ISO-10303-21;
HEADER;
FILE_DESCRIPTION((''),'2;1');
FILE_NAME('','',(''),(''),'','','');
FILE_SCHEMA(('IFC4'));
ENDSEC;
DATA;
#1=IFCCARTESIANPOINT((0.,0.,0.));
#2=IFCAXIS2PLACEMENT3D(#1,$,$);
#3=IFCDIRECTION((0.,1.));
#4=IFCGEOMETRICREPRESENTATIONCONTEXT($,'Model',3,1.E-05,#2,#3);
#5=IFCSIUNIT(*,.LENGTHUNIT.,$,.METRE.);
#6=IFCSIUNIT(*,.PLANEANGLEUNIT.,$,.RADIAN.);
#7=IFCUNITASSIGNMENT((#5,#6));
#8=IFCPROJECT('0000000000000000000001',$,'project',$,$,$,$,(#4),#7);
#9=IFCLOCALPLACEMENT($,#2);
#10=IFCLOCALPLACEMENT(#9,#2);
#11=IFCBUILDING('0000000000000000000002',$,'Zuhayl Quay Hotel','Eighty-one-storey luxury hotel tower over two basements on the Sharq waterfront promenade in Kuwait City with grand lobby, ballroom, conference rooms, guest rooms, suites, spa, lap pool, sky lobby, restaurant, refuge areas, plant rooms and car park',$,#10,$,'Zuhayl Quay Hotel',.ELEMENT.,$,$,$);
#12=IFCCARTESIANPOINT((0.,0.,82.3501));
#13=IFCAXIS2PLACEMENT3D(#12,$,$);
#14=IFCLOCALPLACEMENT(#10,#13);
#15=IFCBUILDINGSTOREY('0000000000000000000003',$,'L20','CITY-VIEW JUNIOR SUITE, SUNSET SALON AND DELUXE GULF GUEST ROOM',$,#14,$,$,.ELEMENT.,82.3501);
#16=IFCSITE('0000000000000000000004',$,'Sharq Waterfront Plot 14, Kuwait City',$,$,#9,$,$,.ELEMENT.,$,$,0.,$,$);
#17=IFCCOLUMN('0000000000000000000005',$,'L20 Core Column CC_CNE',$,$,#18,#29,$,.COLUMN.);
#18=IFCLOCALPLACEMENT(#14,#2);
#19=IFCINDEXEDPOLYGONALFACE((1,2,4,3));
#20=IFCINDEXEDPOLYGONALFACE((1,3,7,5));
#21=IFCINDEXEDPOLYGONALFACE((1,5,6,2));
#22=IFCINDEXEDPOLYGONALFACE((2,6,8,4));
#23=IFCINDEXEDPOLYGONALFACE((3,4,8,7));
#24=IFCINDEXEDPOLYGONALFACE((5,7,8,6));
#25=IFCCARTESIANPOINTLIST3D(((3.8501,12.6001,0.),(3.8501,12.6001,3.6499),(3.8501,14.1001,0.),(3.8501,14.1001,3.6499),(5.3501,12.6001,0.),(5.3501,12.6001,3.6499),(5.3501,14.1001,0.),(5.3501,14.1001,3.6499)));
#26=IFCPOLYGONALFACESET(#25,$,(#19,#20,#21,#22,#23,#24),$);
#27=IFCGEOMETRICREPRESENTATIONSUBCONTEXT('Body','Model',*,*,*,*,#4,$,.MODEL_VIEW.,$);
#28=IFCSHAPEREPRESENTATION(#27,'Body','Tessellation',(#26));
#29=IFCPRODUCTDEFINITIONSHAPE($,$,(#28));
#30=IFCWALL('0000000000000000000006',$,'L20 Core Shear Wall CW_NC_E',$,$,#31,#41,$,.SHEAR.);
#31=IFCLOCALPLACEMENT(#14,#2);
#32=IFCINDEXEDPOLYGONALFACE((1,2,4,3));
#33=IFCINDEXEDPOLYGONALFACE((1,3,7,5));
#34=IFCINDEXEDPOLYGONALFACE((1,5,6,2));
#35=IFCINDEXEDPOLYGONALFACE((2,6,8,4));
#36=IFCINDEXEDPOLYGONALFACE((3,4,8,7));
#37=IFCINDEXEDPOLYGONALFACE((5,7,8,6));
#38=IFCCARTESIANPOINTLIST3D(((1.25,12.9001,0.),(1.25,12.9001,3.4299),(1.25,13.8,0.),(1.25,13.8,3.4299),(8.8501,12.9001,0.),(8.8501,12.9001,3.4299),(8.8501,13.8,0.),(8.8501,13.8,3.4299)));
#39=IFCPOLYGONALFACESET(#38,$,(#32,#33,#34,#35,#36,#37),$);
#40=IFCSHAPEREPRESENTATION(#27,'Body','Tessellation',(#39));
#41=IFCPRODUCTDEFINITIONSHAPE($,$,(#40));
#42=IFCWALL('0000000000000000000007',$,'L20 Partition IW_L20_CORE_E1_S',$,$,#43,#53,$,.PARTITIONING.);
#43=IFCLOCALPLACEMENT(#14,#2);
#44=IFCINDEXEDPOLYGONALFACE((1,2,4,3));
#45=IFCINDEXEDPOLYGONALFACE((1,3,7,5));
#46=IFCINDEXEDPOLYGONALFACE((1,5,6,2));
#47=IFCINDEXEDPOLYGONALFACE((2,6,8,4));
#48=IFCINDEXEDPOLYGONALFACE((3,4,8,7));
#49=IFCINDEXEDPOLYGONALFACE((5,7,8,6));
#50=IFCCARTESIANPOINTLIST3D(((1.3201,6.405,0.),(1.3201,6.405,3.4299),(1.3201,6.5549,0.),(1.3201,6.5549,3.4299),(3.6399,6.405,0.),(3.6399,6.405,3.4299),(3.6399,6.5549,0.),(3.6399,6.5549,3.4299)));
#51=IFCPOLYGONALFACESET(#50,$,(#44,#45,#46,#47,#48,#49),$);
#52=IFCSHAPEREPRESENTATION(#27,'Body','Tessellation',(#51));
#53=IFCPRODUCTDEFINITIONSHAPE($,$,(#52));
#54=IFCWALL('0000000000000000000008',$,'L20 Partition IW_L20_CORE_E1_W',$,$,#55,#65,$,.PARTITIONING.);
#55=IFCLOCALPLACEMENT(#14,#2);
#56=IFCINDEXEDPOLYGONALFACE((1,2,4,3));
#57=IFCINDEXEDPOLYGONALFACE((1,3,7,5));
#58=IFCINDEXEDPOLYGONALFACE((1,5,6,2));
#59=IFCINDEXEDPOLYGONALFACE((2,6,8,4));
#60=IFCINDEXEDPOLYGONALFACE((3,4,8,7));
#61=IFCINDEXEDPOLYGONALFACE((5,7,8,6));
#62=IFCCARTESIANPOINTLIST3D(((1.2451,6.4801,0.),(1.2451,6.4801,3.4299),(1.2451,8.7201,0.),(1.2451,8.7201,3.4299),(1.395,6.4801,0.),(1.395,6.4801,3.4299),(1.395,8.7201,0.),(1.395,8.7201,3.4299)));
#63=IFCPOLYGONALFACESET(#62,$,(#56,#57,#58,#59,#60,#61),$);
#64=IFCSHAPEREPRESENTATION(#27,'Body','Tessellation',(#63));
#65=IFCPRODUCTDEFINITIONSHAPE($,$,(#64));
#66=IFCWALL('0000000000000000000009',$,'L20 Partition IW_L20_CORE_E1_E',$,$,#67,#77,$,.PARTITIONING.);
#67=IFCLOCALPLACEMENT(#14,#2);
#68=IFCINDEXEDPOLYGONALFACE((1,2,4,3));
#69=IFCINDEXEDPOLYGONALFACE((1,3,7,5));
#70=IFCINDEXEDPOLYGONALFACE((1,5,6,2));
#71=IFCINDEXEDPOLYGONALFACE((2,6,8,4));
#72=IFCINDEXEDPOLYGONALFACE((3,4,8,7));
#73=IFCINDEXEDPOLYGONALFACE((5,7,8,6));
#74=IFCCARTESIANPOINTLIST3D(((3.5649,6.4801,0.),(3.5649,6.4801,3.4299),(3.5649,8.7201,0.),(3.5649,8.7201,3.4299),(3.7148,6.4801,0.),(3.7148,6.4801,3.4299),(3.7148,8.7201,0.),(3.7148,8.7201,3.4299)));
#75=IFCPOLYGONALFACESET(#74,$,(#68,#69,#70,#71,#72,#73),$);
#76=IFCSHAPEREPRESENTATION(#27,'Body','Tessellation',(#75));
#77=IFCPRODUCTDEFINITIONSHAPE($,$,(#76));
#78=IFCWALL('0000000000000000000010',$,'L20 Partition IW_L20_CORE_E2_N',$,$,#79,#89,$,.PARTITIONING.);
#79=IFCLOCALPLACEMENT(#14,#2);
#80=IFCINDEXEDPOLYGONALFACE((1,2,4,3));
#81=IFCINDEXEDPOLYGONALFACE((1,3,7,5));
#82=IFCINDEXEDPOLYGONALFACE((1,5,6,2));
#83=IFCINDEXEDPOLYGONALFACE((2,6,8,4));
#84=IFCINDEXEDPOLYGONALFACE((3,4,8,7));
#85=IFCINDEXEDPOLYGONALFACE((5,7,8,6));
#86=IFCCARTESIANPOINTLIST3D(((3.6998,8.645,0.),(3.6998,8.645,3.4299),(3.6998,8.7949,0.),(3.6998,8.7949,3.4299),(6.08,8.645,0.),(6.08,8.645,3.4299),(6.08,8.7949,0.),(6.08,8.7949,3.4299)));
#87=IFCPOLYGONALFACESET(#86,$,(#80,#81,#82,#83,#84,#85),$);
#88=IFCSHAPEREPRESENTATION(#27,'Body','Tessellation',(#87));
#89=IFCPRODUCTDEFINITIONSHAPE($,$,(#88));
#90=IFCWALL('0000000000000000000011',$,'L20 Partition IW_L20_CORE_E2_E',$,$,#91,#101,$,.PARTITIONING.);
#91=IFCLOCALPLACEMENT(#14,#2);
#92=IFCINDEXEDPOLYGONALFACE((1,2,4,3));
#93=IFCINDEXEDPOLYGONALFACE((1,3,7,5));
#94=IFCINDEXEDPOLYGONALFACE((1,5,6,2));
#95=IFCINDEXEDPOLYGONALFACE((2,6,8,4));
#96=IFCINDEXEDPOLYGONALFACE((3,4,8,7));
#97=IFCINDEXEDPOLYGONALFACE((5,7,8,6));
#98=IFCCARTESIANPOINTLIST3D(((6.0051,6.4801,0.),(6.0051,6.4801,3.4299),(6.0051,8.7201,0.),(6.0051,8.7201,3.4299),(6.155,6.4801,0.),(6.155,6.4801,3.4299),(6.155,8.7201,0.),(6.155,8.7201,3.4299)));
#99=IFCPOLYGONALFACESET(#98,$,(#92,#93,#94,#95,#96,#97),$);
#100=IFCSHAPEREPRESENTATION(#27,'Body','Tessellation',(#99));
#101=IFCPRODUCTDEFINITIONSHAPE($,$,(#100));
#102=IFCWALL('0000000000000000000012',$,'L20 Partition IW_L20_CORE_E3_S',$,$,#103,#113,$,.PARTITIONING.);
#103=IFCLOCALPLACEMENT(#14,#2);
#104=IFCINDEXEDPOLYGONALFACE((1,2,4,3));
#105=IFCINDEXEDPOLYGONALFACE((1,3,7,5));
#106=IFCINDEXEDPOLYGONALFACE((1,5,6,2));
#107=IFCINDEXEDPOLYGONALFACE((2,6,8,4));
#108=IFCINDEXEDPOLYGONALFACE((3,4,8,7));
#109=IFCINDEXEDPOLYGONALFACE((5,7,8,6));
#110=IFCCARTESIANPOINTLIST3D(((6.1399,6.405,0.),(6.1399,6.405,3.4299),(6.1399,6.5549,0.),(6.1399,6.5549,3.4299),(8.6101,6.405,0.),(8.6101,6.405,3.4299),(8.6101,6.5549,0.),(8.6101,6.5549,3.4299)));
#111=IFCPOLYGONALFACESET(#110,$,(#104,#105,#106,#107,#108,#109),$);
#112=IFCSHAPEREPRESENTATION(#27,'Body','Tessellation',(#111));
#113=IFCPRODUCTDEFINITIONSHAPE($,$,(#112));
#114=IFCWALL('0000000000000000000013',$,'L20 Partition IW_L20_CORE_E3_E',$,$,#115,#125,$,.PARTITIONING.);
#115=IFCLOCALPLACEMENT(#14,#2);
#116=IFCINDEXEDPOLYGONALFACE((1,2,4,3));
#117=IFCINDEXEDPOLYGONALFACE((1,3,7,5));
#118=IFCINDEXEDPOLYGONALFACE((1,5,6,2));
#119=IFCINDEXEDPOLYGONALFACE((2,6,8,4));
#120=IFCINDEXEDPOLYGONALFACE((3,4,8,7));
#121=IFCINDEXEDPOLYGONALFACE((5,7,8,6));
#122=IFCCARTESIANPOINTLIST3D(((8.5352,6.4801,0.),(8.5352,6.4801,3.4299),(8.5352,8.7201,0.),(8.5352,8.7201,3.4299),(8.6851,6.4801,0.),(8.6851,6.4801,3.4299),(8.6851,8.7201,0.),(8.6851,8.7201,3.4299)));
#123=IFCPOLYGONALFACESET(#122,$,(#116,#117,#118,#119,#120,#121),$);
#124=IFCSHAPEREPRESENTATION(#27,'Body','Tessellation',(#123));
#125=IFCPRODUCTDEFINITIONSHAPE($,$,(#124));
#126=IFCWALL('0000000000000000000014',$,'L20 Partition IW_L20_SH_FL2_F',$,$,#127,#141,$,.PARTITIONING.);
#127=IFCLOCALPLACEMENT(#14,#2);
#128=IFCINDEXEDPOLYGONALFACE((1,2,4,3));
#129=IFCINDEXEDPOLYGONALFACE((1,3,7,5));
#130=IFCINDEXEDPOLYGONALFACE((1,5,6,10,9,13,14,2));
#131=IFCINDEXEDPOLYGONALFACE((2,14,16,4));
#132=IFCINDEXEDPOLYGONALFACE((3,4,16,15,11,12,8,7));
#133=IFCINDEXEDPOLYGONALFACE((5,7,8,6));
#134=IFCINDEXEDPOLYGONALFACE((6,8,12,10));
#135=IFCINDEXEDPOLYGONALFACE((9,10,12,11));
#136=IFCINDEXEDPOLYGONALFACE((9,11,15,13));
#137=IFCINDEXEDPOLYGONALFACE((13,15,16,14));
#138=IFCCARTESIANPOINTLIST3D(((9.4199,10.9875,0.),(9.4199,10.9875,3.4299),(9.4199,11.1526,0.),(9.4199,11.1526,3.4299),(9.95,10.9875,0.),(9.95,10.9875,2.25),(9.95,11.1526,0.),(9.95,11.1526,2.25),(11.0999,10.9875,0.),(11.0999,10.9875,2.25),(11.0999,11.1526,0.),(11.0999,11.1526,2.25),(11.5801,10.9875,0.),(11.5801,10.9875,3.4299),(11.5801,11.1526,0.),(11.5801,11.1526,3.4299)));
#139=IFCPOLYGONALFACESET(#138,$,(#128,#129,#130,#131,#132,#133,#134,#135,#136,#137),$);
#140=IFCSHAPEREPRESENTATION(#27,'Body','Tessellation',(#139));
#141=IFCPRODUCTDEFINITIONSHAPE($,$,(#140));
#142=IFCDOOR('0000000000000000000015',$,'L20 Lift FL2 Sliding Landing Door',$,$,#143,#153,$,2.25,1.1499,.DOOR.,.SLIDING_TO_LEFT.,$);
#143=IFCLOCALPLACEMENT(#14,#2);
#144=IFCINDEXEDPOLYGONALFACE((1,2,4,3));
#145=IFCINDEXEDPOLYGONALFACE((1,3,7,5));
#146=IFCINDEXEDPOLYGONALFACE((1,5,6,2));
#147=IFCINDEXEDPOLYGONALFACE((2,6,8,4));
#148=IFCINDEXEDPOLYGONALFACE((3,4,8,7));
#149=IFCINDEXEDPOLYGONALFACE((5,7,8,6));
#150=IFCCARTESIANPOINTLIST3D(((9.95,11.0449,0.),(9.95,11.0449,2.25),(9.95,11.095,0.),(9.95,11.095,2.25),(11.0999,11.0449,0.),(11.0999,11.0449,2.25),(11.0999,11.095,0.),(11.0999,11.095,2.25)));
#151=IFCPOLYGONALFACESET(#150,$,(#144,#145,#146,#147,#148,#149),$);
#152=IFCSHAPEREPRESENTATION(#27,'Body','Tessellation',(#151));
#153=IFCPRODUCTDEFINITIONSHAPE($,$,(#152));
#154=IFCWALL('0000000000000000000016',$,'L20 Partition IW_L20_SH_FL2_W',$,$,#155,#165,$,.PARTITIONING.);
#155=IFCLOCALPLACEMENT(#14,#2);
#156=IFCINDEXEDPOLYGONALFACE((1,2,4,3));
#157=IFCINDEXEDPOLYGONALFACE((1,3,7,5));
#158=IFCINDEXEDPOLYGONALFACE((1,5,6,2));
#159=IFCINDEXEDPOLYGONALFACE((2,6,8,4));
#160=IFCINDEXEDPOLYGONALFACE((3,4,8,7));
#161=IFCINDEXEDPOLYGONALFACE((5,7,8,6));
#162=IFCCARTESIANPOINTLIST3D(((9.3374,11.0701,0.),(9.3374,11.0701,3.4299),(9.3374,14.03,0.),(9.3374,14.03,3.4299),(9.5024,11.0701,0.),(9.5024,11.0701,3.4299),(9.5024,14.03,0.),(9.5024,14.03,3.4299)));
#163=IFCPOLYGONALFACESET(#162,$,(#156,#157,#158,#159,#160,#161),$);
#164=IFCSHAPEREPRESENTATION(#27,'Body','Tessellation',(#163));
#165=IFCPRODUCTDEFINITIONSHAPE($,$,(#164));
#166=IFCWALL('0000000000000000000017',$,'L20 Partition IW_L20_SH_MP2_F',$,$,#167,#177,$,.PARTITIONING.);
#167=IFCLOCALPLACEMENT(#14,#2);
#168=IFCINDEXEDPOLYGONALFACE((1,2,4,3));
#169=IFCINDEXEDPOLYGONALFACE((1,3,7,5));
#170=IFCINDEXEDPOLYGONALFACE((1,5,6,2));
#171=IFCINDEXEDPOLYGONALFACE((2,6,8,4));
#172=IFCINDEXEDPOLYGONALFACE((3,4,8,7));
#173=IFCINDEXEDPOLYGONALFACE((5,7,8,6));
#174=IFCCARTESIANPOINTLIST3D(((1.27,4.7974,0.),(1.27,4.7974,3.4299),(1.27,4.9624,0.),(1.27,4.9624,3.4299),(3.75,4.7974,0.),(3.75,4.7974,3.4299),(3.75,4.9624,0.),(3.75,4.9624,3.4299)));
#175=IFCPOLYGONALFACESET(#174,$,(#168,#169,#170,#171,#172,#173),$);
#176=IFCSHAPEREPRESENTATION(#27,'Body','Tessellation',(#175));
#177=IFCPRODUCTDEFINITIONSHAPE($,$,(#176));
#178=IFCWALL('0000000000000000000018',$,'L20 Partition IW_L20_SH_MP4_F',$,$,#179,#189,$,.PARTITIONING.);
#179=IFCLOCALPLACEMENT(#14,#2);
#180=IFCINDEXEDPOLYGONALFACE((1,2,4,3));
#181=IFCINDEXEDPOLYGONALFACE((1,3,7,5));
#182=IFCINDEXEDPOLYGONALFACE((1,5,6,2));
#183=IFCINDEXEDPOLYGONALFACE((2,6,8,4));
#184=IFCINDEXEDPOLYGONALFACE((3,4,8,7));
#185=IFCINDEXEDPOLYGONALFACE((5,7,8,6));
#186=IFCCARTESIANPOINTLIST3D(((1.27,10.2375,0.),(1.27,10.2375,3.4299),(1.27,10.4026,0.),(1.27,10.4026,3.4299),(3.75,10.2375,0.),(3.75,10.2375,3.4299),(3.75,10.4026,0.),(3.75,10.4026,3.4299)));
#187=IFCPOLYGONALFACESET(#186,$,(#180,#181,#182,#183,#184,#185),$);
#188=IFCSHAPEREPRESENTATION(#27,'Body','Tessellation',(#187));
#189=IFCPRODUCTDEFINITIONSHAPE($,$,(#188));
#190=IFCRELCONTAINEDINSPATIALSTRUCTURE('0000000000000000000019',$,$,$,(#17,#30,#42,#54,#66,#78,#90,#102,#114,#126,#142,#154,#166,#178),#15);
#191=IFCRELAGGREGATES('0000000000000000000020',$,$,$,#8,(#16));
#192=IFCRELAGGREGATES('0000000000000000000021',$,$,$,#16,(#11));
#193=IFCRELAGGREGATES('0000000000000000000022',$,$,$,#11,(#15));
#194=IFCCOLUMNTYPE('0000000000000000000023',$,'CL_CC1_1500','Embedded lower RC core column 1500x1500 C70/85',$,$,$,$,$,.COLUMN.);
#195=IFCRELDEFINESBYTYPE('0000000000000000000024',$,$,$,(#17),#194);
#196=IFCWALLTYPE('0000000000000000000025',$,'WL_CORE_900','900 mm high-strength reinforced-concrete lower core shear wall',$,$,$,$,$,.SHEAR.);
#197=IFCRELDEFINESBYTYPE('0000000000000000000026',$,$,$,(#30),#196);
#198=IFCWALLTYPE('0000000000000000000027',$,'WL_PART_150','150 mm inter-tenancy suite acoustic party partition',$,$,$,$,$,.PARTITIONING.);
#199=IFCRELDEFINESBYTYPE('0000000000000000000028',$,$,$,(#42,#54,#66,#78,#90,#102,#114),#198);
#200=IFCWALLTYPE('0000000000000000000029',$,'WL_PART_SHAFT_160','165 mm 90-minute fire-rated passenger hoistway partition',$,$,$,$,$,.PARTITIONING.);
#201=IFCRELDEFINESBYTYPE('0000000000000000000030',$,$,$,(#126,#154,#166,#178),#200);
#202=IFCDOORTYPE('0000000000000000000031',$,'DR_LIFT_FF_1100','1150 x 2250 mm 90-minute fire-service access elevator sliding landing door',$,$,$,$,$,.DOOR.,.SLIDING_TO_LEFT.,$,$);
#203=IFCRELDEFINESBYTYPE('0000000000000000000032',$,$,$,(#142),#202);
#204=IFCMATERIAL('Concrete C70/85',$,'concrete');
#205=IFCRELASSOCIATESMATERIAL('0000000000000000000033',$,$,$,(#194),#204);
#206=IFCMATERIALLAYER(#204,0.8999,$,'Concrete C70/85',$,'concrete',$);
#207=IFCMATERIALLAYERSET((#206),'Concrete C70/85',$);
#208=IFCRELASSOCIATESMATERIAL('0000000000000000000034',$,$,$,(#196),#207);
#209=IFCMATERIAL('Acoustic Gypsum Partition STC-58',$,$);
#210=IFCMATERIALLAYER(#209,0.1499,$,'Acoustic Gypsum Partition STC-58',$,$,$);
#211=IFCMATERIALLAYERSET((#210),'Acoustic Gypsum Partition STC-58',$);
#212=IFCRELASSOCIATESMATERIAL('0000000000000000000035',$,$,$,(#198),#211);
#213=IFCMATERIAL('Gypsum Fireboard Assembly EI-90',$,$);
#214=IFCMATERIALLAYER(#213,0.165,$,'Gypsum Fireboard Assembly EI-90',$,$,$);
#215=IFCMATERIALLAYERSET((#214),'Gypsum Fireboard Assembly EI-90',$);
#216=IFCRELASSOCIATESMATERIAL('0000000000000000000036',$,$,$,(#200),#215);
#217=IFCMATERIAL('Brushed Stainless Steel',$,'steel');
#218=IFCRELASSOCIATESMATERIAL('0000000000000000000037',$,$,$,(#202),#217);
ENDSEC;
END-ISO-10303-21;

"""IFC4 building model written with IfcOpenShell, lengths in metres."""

from ifc_helpers import new_model, si_unit, direction, frame, frame_2d, origin, origin_2d, place, context, subcontext, project, spatial, rectangle, extrude, material, layer, layer_set, material_profile, profile_set, type_object, element, fill, save


model = new_model("IFC4")

# Units and contexts
model_context = context("Model", 3, precision=1e-05, world=origin(), true_north=direction((0.0, 1.0)))
body_context = subcontext(model_context, "Body", "Model", "MODEL_VIEW")
ifc_project = project(units=[si_unit("LENGTHUNIT", "METRE"), si_unit("PLANEANGLEUNIT", "RADIAN")], contexts=[model_context])

# Site, building, storey
site_placement = place(None, origin())
site = spatial("IfcSite", under=ifc_project, at=site_placement, Name="Sharq Waterfront Plot 14, Kuwait City", CompositionType="ELEMENT", RefElevation=0.0)
building_placement = place(site_placement, origin())
building = spatial("IfcBuilding", under=site, at=building_placement, Name="Zuhayl Quay Hotel", Description="Eighty-one-storey luxury hotel tower over two basements on the Sharq waterfront promenade in Kuwait City with grand lobby, ballroom, conference rooms, guest rooms, suites, spa, lap pool, sky lobby, restaurant, refuge areas, plant rooms and car park", LongName="Zuhayl Quay Hotel", CompositionType="ELEMENT")
storey_placement = place(building_placement, frame((0.0, 0.0, 82.3501)))
storey = spatial("IfcBuildingStorey", under=building, at=storey_placement, Name="L20", Description="CITY-VIEW JUNIOR SUITE, SUNSET SALON AND DELUXE GULF GUEST ROOM", CompositionType="ELEMENT", Elevation=82.3501)

# Column
ifc_material_1 = material(Name="Concrete C70/85", Category="concrete")
ifc_material_profile = material_profile(ifc_material_1, rectangle(XDim=1.5, YDim=1.5, at=origin_2d()), Name="RC1500X1500")
ifc_profile_set = profile_set([ifc_material_profile], Name="Concrete C70/85")
column_type = type_object("IfcColumnType", Name="CL_CC1_1500", Description="Embedded lower RC core column 1500x1500 C70/85", PredefinedType="COLUMN", material=ifc_profile_set)
column_placement = place(storey_placement, frame((4.6001, 13.3501, 0.0), z_axis=(0.0, 0.0, 1.0), x_axis=(1.0, 0.0, 0.0)))
element("IfcColumn", 1, at=column_placement, inside=storey, type_object=column_type, Name="L20 Core Column CC_CNE", PredefinedType="COLUMN", context=body_context, shape_type="SweptSolid", body=[
    extrude(rectangle(XDim=1.5, YDim=1.5, at=origin_2d()), origin(), (0.0, 0.0, 1.0), 3.6499),
])

# Wall
ifc_layer_1 = layer(ifc_material_1, 0.8999, Name="Concrete C70/85", Category="concrete")
ifc_layer_set_1 = layer_set([ifc_layer_1], Name="Concrete C70/85")
wall_type_1 = type_object("IfcWallType", Name="WL_CORE_900", Description="900 mm high-strength reinforced-concrete lower core shear wall", PredefinedType="SHEAR", material=ifc_layer_set_1)
wall_1_placement = place(storey_placement, frame((1.25, 13.3501, 0.0), z_axis=(0.0, 0.0, 1.0), x_axis=(1.0, 0.0, 0.0)))
element("IfcWall", 2, at=wall_1_placement, inside=storey, type_object=wall_type_1, Name="L20 Core Shear Wall CW_NC_E", PredefinedType="SHEAR", context=body_context, shape_type="SweptSolid", body=[
    extrude(rectangle(XDim=7.6001, YDim=0.8999, at=frame_2d((3.8, 0.0))), origin(), (0.0, 0.0, 1.0), 3.4299),
])

# Shared definitions
ifc_material_2 = material(Name="Acoustic Gypsum Partition STC-58")
ifc_layer_2 = layer(ifc_material_2, 0.1499, Name="Acoustic Gypsum Partition STC-58")
ifc_layer_set_2 = layer_set([ifc_layer_2], Name="Acoustic Gypsum Partition STC-58")
wall_type_2 = type_object("IfcWallType", Name="WL_PART_150", Description="150 mm inter-tenancy suite acoustic party partition", PredefinedType="PARTITIONING", material=ifc_layer_set_2)

# Walls
wall_2_placement = place(storey_placement, frame((1.3201, 6.48, 0.0), z_axis=(0.0, 0.0, 1.0), x_axis=(1.0, 0.0, 0.0)))
element("IfcWall", 3, at=wall_2_placement, inside=storey, type_object=wall_type_2, Name="L20 Partition IW_L20_CORE_E1_S", PredefinedType="PARTITIONING", context=body_context, shape_type="SweptSolid", body=[
    extrude(rectangle(XDim=2.3198, YDim=0.1499, at=frame_2d((1.1599, 0.0))), origin(), (0.0, 0.0, 1.0), 3.4299),
])
for number, where, z_axis, x_axis, name in (
    (4, (1.3201, 6.48, 0.0), (0.0, 0.0, 1.0), (0.0, 1.0, 0.0), "L20 Partition IW_L20_CORE_E1_W"),
    (5, (3.6399, 6.48, 0.0), (0.0, 0.0, 1.0), (0.0, 1.0, 0.0), "L20 Partition IW_L20_CORE_E1_E"),
):
    element("IfcWall", number, at=place(storey_placement, frame(where, z_axis=z_axis, x_axis=x_axis)), inside=storey, type_object=wall_type_2, Name=name, PredefinedType="PARTITIONING", context=body_context, shape_type="SweptSolid", body=[
        extrude(rectangle(XDim=2.24, YDim=0.1499, at=frame_2d((1.1201, 0.0))), origin(), (0.0, 0.0, 1.0), 3.4299),
    ])
wall_3_placement = place(storey_placement, frame((3.7, 8.72, 0.0), z_axis=(0.0, 0.0, 1.0), x_axis=(1.0, 0.0, 0.0)))
element("IfcWall", 6, at=wall_3_placement, inside=storey, type_object=wall_type_2, Name="L20 Partition IW_L20_CORE_E2_N", PredefinedType="PARTITIONING", context=body_context, shape_type="SweptSolid", body=[
    extrude(rectangle(XDim=2.3801, YDim=0.1499, at=frame_2d((1.1899, 0.0))), origin(), (0.0, 0.0, 1.0), 3.4299),
])
wall_4_placement = place(storey_placement, frame((6.0801, 6.48, 0.0), z_axis=(0.0, 0.0, 1.0), x_axis=(0.0, 1.0, 0.0)))
element("IfcWall", 7, at=wall_4_placement, inside=storey, type_object=wall_type_2, Name="L20 Partition IW_L20_CORE_E2_E", PredefinedType="PARTITIONING", context=body_context, shape_type="SweptSolid", body=[
    extrude(rectangle(XDim=2.24, YDim=0.1499, at=frame_2d((1.1201, 0.0))), origin(), (0.0, 0.0, 1.0), 3.4299),
])
wall_5_placement = place(storey_placement, frame((6.1399, 6.48, 0.0), z_axis=(0.0, 0.0, 1.0), x_axis=(1.0, 0.0, 0.0)))
element("IfcWall", 8, at=wall_5_placement, inside=storey, type_object=wall_type_2, Name="L20 Partition IW_L20_CORE_E3_S", PredefinedType="PARTITIONING", context=body_context, shape_type="SweptSolid", body=[
    extrude(rectangle(XDim=2.4702, YDim=0.1499, at=frame_2d((1.2351, 0.0))), origin(), (0.0, 0.0, 1.0), 3.4299),
])
wall_6_placement = place(storey_placement, frame((8.6101, 6.48, 0.0), z_axis=(0.0, 0.0, 1.0), x_axis=(0.0, 1.0, 0.0)))
element("IfcWall", 9, at=wall_6_placement, inside=storey, type_object=wall_type_2, Name="L20 Partition IW_L20_CORE_E3_E", PredefinedType="PARTITIONING", context=body_context, shape_type="SweptSolid", body=[
    extrude(rectangle(XDim=2.24, YDim=0.1499, at=frame_2d((1.1201, 0.0))), origin(), (0.0, 0.0, 1.0), 3.4299),
])

# Wall, opening, door
ifc_material_3 = material(Name="Gypsum Fireboard Assembly EI-90")
ifc_layer_3 = layer(ifc_material_3, 0.165, Name="Gypsum Fireboard Assembly EI-90")
ifc_layer_set_3 = layer_set([ifc_layer_3], Name="Gypsum Fireboard Assembly EI-90")
wall_type_3 = type_object("IfcWallType", Name="WL_PART_SHAFT_160", Description="165 mm 90-minute fire-rated passenger hoistway partition", PredefinedType="PARTITIONING", material=ifc_layer_set_3)
wall_7_placement = place(storey_placement, frame((9.4199, 11.0701, 0.0), z_axis=(0.0, 0.0, 1.0), x_axis=(1.0, 0.0, 0.0)))
wall_7 = element("IfcWall", 10, at=wall_7_placement, inside=storey, type_object=wall_type_3, Name="L20 Partition IW_L20_SH_FL2_F", PredefinedType="PARTITIONING", context=body_context, shape_type="SweptSolid", body=[
    extrude(rectangle(XDim=2.1602, YDim=0.165, at=frame_2d((1.0801, 0.0))), origin(), (0.0, 0.0, 1.0), 3.4299),
])
opening_1_placement = place(wall_7_placement, frame((0.53, 0.0, 0.0)))
opening_1 = element("IfcOpeningElement", 11, at=opening_1_placement, cuts=wall_7, PredefinedType="OPENING", context=body_context, shape_type="SweptSolid", body=[
    extrude(rectangle(XDim=1.1499, YDim=2.25, at=frame_2d((0.575, 1.125))), frame((0.0, 0.0925, 0.0), z_axis=(0.0, -1.0, 0.0), x_axis=(1.0, 0.0, 0.0)), (0.0, 0.0, 1.0), 0.1851),
])
ifc_material_4 = material(Name="Brushed Stainless Steel", Category="steel")
door_type_1 = type_object("IfcDoorType", Name="DR_LIFT_FF_1100", Description="1150 x 2250 mm 90-minute fire-service access elevator sliding landing door", OperationType="SLIDING_TO_LEFT", PredefinedType="DOOR", material=ifc_material_4)
door_1_placement = place(opening_1_placement, origin())
door_1 = element("IfcDoor", 12, at=door_1_placement, inside=storey, type_object=door_type_1, Name="L20 Lift FL2 Sliding Landing Door", OperationType="SLIDING_TO_LEFT", OverallHeight=2.25, OverallWidth=1.1499, PredefinedType="DOOR", context=body_context, shape_type="SweptSolid", body=[
    extrude(rectangle(XDim=1.1499, YDim=2.25, at=frame_2d((0.575, 1.125))), frame((0.0, 0.0249, 0.0), z_axis=(0.0, -1.0, 0.0), x_axis=(1.0, 0.0, 0.0)), (0.0, 0.0, 1.0), 0.05),
])
fill(opening_1, door_1)

# Walls
wall_8_placement = place(storey_placement, frame((9.4199, 11.0701, 0.0), z_axis=(0.0, 0.0, 1.0), x_axis=(0.0, 1.0, 0.0)))
element("IfcWall", 13, at=wall_8_placement, inside=storey, type_object=wall_type_3, Name="L20 Partition IW_L20_SH_FL2_W", PredefinedType="PARTITIONING", context=body_context, shape_type="SweptSolid", body=[
    extrude(rectangle(XDim=2.96, YDim=0.165, at=frame_2d((1.48, 0.0))), origin(), (0.0, 0.0, 1.0), 3.4299),
])
for number, where, z_axis, x_axis, name in (
    (14, (1.27, 4.8799, 0.0), (0.0, 0.0, 1.0), (1.0, 0.0, 0.0), "L20 Partition IW_L20_SH_MP2_F"),
    (15, (1.27, 10.3201, 0.0), (0.0, 0.0, 1.0), (1.0, 0.0, 0.0), "L20 Partition IW_L20_SH_MP4_F"),
):
    element("IfcWall", number, at=place(storey_placement, frame(where, z_axis=z_axis, x_axis=x_axis)), inside=storey, type_object=wall_type_3, Name=name, PredefinedType="PARTITIONING", context=body_context, shape_type="SweptSolid", body=[
        extrude(rectangle(XDim=2.48, YDim=0.165, at=frame_2d((1.24, 0.0))), origin(), (0.0, 0.0, 1.0), 3.4299),
    ])

save(model, "model.ifc")
